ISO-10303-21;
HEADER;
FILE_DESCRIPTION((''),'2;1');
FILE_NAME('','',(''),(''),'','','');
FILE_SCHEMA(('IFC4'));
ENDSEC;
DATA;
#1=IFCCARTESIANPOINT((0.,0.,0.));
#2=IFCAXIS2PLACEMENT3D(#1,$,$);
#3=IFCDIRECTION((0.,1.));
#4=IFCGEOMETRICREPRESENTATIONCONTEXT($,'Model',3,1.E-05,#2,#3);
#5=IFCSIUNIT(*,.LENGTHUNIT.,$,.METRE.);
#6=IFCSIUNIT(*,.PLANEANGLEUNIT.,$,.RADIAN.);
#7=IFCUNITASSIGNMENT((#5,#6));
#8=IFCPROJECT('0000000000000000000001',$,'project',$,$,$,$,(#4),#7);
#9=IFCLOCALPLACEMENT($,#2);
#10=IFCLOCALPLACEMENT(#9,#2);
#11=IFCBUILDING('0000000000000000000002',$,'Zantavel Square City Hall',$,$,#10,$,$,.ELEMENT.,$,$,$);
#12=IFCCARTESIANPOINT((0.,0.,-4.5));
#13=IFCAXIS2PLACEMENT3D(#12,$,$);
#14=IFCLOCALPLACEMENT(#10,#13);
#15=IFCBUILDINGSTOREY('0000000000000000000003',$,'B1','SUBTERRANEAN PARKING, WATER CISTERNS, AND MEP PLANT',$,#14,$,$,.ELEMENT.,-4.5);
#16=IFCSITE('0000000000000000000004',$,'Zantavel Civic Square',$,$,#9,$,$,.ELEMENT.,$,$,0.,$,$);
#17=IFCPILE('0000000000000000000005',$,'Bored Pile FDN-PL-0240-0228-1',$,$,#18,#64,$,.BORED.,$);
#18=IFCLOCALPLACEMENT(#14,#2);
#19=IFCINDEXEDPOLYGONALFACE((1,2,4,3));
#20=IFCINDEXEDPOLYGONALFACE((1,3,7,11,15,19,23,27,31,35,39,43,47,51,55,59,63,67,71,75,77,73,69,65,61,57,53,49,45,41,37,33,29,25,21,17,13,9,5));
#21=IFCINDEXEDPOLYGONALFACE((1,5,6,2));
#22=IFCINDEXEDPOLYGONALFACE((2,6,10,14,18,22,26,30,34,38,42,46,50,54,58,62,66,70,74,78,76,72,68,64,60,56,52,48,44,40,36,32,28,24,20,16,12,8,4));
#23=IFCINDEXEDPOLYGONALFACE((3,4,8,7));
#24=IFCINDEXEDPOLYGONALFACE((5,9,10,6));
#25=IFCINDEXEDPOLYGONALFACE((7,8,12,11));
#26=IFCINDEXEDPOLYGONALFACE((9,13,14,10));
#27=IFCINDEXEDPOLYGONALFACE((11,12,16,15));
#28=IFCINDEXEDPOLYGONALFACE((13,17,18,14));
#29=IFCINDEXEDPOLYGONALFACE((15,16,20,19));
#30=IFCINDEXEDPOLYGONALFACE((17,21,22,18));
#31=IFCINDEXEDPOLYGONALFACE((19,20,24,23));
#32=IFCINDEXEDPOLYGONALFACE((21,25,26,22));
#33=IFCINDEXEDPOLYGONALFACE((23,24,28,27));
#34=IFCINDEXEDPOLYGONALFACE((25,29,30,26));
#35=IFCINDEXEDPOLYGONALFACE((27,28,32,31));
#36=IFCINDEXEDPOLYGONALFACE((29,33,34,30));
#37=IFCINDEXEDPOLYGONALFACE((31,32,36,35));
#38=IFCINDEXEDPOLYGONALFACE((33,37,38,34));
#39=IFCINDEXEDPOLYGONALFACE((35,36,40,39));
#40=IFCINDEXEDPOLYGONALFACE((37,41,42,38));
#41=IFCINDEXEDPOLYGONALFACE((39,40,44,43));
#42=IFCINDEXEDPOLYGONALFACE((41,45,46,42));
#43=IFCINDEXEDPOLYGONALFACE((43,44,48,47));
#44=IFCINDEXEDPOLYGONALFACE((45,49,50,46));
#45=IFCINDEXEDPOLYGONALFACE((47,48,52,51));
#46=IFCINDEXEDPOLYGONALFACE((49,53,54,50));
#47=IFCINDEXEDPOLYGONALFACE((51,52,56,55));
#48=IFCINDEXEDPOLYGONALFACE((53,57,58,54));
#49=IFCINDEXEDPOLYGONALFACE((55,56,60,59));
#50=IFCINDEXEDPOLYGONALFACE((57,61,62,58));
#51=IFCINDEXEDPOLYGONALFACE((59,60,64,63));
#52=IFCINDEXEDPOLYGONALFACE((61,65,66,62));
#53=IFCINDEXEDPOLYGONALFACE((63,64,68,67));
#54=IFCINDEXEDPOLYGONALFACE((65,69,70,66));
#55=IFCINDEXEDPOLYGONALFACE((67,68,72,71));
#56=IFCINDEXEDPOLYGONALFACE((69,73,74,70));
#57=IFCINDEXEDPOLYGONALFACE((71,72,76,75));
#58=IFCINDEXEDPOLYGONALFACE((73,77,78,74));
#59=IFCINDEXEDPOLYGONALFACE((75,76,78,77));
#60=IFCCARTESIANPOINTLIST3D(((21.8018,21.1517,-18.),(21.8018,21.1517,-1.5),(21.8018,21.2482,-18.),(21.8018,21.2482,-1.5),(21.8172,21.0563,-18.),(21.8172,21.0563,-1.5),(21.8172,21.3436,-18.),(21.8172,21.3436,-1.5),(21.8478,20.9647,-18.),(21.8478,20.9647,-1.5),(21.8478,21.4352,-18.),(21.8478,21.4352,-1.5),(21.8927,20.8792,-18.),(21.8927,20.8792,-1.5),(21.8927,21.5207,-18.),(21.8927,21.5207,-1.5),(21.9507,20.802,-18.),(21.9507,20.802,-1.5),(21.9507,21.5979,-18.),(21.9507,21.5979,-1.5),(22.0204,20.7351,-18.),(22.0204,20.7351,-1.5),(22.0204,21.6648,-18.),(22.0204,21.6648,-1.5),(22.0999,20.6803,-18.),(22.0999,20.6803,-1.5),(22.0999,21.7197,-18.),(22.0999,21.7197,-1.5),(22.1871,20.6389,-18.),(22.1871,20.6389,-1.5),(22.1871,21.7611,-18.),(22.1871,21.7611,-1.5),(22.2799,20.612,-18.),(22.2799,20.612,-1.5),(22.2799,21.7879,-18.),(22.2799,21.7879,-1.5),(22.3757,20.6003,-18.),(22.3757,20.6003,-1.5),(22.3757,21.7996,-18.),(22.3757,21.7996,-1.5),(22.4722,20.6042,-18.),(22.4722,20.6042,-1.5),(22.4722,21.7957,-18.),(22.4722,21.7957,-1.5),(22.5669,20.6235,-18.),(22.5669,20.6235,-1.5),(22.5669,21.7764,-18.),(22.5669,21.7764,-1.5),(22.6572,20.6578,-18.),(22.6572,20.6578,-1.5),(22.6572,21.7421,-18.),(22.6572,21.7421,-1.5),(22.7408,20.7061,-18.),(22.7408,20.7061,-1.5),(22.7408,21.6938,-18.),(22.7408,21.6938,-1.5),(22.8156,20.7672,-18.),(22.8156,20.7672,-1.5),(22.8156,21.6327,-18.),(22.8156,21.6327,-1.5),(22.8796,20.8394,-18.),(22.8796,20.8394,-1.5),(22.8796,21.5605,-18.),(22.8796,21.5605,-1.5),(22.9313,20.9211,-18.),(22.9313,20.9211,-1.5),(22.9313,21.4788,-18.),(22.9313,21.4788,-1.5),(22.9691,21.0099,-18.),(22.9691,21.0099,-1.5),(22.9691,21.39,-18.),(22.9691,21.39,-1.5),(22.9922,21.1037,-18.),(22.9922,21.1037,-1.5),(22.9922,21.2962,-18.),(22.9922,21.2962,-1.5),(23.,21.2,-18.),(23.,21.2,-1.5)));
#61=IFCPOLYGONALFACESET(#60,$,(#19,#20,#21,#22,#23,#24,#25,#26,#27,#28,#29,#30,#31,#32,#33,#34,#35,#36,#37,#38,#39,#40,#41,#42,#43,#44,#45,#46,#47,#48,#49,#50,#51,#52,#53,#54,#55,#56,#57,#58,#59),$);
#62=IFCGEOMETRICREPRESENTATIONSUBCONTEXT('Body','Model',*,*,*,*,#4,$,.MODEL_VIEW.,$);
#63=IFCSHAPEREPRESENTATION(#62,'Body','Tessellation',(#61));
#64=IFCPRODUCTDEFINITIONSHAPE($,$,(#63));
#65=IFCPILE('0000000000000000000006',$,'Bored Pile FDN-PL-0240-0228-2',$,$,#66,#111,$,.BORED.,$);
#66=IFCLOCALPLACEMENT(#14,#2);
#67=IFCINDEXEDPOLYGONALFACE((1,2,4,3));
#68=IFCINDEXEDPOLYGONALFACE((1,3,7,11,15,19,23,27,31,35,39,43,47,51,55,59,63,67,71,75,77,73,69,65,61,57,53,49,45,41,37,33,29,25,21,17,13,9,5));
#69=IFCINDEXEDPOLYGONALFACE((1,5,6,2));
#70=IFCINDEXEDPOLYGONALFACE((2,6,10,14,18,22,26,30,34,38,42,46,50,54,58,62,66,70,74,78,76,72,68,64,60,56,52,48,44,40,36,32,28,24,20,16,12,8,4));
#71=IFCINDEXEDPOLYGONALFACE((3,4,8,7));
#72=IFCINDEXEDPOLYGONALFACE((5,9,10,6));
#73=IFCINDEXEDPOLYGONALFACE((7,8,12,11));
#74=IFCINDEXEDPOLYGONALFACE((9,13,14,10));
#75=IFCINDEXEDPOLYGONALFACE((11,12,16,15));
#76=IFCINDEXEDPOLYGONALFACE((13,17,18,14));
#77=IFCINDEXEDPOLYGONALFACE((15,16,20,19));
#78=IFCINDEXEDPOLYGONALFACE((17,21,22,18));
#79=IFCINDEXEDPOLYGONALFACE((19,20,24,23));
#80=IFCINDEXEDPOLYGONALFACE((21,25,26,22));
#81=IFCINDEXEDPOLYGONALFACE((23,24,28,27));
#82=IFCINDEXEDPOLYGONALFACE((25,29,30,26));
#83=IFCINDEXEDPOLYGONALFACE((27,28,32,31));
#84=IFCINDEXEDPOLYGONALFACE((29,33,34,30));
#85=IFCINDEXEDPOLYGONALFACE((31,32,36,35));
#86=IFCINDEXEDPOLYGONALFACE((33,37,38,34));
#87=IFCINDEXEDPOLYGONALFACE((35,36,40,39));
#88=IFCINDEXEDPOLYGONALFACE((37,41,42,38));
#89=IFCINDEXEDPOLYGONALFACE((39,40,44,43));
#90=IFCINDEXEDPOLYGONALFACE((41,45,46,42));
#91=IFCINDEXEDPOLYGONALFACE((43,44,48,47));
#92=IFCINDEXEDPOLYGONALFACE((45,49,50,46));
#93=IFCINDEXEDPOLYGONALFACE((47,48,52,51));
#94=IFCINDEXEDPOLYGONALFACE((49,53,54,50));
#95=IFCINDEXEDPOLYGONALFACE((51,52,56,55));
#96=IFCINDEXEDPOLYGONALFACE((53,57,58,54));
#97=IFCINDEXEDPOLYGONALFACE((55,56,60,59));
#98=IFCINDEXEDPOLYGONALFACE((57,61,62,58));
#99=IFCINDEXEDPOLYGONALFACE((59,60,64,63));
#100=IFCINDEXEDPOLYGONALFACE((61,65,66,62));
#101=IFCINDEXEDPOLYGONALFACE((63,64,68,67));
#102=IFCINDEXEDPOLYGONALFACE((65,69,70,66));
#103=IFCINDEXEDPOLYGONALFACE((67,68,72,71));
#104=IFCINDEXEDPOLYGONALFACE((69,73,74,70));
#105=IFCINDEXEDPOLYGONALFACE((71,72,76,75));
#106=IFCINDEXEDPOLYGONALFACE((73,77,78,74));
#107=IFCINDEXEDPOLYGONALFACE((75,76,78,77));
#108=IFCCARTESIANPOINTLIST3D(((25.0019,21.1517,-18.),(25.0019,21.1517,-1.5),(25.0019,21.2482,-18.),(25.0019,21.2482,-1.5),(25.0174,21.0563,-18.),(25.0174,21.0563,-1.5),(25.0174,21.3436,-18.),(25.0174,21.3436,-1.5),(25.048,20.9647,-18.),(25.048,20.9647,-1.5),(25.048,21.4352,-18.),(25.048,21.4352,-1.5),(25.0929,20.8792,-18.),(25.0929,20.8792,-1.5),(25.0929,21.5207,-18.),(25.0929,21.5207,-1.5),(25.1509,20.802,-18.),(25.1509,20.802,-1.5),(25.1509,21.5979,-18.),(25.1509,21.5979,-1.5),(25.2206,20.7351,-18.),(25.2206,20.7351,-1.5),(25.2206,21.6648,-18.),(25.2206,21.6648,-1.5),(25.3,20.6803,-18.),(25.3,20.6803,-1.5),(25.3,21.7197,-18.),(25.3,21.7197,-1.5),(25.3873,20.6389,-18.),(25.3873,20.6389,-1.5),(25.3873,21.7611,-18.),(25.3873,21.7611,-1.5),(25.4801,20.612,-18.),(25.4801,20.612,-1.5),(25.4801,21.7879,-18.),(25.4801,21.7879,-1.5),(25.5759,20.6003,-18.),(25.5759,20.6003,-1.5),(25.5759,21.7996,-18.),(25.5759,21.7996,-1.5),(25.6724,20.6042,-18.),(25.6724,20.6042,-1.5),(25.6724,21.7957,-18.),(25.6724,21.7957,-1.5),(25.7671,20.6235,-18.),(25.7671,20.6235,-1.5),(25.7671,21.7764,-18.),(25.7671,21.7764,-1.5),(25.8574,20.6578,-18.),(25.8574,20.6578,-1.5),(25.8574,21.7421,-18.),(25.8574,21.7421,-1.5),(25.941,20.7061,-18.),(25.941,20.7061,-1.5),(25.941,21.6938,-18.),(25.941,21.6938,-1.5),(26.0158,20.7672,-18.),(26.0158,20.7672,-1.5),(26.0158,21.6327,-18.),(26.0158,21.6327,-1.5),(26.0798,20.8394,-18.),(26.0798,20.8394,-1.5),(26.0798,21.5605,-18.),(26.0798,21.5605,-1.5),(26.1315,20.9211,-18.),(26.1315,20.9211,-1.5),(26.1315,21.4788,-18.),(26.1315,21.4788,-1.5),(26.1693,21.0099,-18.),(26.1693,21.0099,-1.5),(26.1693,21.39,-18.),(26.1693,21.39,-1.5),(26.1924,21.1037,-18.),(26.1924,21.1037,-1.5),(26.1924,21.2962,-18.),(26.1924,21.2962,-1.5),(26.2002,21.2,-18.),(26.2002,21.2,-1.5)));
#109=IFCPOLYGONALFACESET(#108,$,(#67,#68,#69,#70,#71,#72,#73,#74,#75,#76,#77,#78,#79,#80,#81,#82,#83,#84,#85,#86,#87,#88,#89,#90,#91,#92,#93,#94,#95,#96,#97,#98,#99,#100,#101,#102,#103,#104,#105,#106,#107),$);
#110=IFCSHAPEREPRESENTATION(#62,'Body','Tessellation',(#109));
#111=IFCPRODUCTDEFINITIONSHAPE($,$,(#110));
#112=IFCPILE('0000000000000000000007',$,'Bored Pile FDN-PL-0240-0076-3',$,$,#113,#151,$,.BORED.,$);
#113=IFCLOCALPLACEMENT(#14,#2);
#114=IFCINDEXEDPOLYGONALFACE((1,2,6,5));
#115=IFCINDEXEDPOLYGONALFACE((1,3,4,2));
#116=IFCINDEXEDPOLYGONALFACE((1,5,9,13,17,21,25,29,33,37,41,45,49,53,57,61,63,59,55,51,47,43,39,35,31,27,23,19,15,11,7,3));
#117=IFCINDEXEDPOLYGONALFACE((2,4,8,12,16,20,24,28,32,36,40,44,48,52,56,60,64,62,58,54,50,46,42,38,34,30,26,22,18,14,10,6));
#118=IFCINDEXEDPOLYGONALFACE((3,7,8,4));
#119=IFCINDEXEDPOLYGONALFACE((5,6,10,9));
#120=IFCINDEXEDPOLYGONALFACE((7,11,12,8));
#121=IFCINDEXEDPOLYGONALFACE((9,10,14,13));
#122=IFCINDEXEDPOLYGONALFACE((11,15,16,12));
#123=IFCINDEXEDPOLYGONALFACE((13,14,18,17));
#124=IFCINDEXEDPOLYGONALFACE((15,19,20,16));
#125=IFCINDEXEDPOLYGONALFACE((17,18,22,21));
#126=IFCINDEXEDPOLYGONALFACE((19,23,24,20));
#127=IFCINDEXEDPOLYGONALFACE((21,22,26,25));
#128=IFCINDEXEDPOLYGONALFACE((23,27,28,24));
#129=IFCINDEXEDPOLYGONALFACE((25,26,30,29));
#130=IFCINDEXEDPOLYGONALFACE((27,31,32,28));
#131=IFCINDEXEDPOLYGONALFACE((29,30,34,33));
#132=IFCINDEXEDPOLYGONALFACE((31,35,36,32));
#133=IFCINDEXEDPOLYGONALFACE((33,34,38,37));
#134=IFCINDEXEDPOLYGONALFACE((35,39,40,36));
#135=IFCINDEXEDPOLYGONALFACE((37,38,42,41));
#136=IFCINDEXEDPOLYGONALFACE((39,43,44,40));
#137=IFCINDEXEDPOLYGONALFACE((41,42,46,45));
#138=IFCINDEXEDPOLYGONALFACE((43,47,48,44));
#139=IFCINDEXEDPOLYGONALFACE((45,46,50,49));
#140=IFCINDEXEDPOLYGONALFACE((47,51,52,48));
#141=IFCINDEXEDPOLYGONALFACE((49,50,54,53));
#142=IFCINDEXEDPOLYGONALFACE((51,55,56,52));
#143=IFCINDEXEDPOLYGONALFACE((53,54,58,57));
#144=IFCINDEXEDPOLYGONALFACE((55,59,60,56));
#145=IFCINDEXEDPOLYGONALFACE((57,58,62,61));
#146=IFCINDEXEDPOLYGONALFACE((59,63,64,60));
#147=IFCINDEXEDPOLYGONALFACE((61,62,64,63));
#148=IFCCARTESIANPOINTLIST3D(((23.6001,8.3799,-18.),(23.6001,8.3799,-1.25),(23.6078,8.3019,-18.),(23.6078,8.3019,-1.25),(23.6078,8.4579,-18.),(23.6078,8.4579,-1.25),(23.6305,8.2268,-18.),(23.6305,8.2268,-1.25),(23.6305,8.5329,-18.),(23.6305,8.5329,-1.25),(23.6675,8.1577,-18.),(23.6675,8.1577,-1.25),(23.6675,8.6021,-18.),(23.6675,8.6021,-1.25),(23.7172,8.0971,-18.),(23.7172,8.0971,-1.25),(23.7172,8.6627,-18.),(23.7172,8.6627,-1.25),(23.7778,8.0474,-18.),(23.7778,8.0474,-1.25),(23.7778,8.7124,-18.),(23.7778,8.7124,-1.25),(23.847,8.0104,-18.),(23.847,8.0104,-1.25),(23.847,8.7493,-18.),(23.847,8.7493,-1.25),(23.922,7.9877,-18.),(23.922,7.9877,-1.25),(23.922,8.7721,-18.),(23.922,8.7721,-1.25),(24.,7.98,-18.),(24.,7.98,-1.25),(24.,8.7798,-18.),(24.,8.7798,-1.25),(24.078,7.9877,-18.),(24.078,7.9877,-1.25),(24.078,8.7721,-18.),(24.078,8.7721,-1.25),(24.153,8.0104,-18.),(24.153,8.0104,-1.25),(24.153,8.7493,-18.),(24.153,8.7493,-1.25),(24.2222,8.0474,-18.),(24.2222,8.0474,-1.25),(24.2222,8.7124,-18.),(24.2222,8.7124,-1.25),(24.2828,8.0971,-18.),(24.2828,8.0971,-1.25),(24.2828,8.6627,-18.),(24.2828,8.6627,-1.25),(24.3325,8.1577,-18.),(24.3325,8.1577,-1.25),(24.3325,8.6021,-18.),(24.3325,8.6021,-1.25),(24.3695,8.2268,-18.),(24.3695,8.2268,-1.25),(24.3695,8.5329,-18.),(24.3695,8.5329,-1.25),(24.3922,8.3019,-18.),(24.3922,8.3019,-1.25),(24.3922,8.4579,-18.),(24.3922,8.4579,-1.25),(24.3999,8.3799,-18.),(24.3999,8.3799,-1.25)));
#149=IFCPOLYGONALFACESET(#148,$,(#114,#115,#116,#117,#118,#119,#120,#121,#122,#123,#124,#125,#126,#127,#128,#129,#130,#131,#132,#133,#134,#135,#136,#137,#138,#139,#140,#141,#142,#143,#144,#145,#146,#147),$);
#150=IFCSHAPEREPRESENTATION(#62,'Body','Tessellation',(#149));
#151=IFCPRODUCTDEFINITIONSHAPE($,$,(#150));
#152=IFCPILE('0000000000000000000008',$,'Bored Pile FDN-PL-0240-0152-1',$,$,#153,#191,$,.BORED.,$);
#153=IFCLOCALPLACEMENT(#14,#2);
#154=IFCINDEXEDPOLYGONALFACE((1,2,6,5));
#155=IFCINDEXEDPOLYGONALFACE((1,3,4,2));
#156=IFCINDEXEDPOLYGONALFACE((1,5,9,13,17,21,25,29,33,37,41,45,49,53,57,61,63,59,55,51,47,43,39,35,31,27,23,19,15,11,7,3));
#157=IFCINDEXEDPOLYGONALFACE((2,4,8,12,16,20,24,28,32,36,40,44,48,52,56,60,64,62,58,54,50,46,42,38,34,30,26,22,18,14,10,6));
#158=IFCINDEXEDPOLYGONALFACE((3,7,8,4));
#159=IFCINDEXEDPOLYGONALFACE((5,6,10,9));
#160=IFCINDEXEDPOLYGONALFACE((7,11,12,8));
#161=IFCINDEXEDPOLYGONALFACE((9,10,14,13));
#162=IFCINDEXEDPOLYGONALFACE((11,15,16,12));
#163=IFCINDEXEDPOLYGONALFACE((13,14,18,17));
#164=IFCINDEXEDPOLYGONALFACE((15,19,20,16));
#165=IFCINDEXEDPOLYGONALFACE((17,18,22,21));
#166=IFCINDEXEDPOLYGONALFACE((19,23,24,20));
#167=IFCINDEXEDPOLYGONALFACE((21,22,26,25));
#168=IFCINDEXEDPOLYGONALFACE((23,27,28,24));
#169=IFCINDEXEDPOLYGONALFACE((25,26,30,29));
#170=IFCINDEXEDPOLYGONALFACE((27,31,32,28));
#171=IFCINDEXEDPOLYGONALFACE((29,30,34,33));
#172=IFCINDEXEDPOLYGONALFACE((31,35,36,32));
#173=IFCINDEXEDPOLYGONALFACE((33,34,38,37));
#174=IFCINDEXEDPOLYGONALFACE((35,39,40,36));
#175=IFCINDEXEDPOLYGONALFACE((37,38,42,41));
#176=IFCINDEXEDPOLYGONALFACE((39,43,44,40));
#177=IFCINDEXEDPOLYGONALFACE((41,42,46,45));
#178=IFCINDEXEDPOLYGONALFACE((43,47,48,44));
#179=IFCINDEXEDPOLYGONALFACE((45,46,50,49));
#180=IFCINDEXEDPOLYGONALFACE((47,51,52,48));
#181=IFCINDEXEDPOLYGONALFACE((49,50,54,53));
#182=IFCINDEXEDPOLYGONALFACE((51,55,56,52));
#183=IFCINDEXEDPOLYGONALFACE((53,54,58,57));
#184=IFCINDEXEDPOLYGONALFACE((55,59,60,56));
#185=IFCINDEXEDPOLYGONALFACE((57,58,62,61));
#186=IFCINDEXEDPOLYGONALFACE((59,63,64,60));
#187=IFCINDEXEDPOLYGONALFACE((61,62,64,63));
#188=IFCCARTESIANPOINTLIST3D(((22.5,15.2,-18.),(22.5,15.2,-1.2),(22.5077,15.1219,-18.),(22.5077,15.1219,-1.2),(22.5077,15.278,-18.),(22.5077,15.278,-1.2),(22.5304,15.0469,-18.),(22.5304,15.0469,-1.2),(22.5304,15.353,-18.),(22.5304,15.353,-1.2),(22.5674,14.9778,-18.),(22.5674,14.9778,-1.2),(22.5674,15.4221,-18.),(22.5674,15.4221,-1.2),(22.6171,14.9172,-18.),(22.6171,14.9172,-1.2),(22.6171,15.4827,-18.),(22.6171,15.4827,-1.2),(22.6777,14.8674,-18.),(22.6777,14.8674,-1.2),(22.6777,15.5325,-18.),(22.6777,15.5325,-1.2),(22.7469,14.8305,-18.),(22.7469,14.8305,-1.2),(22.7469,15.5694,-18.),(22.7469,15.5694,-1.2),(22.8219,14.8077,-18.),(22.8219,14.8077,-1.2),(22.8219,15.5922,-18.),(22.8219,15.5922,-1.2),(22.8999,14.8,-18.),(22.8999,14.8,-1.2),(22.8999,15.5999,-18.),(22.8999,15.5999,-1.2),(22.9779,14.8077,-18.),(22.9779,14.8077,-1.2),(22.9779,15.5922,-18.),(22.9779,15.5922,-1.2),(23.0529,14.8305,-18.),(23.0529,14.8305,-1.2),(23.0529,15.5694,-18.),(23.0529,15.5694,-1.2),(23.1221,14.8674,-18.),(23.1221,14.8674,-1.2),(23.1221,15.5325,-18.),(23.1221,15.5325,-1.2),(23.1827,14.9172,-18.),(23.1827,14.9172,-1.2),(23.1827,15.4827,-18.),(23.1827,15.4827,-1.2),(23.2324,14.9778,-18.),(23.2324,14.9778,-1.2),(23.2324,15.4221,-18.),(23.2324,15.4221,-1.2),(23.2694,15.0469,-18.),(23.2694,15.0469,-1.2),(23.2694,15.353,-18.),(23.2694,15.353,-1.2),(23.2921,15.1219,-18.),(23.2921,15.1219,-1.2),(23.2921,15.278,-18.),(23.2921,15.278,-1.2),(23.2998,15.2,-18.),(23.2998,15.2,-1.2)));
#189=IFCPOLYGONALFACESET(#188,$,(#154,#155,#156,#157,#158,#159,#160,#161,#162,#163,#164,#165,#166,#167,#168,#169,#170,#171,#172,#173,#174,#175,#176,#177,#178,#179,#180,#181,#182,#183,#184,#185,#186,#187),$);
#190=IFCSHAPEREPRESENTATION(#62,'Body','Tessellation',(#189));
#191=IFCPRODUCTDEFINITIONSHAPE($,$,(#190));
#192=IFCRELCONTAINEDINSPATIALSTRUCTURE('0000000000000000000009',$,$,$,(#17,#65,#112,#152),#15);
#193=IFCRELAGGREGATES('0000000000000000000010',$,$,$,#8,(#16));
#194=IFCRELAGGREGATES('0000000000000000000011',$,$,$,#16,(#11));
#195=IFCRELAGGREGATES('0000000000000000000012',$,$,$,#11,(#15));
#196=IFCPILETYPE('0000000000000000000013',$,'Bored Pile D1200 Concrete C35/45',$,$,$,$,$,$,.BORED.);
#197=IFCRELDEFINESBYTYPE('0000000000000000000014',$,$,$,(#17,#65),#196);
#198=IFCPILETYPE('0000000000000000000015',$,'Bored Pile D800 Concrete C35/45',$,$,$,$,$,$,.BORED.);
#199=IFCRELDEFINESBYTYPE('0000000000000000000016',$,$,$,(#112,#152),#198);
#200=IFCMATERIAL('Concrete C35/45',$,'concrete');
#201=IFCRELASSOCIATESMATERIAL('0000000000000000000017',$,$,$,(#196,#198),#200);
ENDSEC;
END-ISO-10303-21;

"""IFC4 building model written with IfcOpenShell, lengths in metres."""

from ifc_helpers import new_model, si_unit, direction, frame, origin, origin_2d, place, context, subcontext, project, spatial, circle, extrude, material, material_profile, profile_set, type_object, element, save


model = new_model("IFC4")

# Units and contexts
model_context = context("Model", 3, precision=1e-05, world=origin(), true_north=direction((0.0, 1.0)))
body_context = subcontext(model_context, "Body", "Model", "MODEL_VIEW")
ifc_project = project(units=[si_unit("LENGTHUNIT", "METRE"), si_unit("PLANEANGLEUNIT", "RADIAN")], contexts=[model_context])

# Site, building, storey
site_placement = place(None, origin())
site = spatial("IfcSite", under=ifc_project, at=site_placement, Name="Zantavel Civic Square", CompositionType="ELEMENT", RefElevation=0.0)
building_placement = place(site_placement, origin())
building = spatial("IfcBuilding", under=site, at=building_placement, Name="Zantavel Square City Hall", CompositionType="ELEMENT")
storey_placement = place(building_placement, frame((0.0, 0.0, -4.5)))
storey = spatial("IfcBuildingStorey", under=building, at=storey_placement, Name="B1", Description="SUBTERRANEAN PARKING, WATER CISTERNS, AND MEP PLANT", CompositionType="ELEMENT", Elevation=-4.5)

# Piles
ifc_material_1 = material(Name="Concrete C35/45", Category="concrete")
ifc_material_profile_1 = material_profile(ifc_material_1, circle(Radius=0.6001, at=origin_2d()), Name="PILE D1200")
ifc_profile_set_1 = profile_set([ifc_material_profile_1], Name="Concrete C35/45")
pile_type_1 = type_object("IfcPileType", Name="Bored Pile D1200 Concrete C35/45", PredefinedType="BORED", material=ifc_profile_set_1)
for number, where, z_axis, x_axis, name in (
    (1, (22.3999, 21.2, -1.5), (0.0, 0.0, -1.0), (1.0, 0.0, 0.0), "Bored Pile FDN-PL-0240-0228-1"),
    (2, (25.6001, 21.2, -1.5), (0.0, 0.0, -1.0), (1.0, 0.0, 0.0), "Bored Pile FDN-PL-0240-0228-2"),
):
    element("IfcPile", number, at=place(storey_placement, frame(where, z_axis=z_axis, x_axis=x_axis)), inside=storey, type_object=pile_type_1, Name=name, PredefinedType="BORED", context=body_context, shape_type="SweptSolid", body=[
        extrude(circle(Radius=0.6001, at=origin_2d()), origin(), (0.0, 0.0, 1.0), 16.5),
    ])
ifc_material_profile_2 = material_profile(ifc_material_1, circle(Radius=0.3999, at=origin_2d()), Name="PILE D800")
ifc_profile_set_2 = profile_set([ifc_material_profile_2], Name="Concrete C35/45")
pile_type_2 = type_object("IfcPileType", Name="Bored Pile D800 Concrete C35/45", PredefinedType="BORED", material=ifc_profile_set_2)
pile_placement = place(storey_placement, frame((24.0, 8.3799, -1.25), z_axis=(0.0, 0.0, -1.0), x_axis=(1.0, 0.0, 0.0)))
element("IfcPile", 3, at=pile_placement, inside=storey, type_object=pile_type_2, Name="Bored Pile FDN-PL-0240-0076-3", PredefinedType="BORED", context=body_context, shape_type="SweptSolid", body=[
    extrude(circle(Radius=0.3999, at=origin_2d()), origin(), (0.0, 0.0, 1.0), 16.75),
])
for number, where, z_axis, x_axis, name in (
    (4, (22.8999, 15.2, -1.2), (0.0, 0.0, -1.0), (1.0, 0.0, 0.0), "Bored Pile FDN-PL-0240-0152-1"),
):
    element("IfcPile", number, at=place(storey_placement, frame(where, z_axis=z_axis, x_axis=x_axis)), inside=storey, type_object=pile_type_2, Name=name, PredefinedType="BORED", context=body_context, shape_type="SweptSolid", body=[
        extrude(circle(Radius=0.3999, at=origin_2d()), origin(), (0.0, 0.0, 1.0), 16.8),
    ])

save(model, "model.ifc")
